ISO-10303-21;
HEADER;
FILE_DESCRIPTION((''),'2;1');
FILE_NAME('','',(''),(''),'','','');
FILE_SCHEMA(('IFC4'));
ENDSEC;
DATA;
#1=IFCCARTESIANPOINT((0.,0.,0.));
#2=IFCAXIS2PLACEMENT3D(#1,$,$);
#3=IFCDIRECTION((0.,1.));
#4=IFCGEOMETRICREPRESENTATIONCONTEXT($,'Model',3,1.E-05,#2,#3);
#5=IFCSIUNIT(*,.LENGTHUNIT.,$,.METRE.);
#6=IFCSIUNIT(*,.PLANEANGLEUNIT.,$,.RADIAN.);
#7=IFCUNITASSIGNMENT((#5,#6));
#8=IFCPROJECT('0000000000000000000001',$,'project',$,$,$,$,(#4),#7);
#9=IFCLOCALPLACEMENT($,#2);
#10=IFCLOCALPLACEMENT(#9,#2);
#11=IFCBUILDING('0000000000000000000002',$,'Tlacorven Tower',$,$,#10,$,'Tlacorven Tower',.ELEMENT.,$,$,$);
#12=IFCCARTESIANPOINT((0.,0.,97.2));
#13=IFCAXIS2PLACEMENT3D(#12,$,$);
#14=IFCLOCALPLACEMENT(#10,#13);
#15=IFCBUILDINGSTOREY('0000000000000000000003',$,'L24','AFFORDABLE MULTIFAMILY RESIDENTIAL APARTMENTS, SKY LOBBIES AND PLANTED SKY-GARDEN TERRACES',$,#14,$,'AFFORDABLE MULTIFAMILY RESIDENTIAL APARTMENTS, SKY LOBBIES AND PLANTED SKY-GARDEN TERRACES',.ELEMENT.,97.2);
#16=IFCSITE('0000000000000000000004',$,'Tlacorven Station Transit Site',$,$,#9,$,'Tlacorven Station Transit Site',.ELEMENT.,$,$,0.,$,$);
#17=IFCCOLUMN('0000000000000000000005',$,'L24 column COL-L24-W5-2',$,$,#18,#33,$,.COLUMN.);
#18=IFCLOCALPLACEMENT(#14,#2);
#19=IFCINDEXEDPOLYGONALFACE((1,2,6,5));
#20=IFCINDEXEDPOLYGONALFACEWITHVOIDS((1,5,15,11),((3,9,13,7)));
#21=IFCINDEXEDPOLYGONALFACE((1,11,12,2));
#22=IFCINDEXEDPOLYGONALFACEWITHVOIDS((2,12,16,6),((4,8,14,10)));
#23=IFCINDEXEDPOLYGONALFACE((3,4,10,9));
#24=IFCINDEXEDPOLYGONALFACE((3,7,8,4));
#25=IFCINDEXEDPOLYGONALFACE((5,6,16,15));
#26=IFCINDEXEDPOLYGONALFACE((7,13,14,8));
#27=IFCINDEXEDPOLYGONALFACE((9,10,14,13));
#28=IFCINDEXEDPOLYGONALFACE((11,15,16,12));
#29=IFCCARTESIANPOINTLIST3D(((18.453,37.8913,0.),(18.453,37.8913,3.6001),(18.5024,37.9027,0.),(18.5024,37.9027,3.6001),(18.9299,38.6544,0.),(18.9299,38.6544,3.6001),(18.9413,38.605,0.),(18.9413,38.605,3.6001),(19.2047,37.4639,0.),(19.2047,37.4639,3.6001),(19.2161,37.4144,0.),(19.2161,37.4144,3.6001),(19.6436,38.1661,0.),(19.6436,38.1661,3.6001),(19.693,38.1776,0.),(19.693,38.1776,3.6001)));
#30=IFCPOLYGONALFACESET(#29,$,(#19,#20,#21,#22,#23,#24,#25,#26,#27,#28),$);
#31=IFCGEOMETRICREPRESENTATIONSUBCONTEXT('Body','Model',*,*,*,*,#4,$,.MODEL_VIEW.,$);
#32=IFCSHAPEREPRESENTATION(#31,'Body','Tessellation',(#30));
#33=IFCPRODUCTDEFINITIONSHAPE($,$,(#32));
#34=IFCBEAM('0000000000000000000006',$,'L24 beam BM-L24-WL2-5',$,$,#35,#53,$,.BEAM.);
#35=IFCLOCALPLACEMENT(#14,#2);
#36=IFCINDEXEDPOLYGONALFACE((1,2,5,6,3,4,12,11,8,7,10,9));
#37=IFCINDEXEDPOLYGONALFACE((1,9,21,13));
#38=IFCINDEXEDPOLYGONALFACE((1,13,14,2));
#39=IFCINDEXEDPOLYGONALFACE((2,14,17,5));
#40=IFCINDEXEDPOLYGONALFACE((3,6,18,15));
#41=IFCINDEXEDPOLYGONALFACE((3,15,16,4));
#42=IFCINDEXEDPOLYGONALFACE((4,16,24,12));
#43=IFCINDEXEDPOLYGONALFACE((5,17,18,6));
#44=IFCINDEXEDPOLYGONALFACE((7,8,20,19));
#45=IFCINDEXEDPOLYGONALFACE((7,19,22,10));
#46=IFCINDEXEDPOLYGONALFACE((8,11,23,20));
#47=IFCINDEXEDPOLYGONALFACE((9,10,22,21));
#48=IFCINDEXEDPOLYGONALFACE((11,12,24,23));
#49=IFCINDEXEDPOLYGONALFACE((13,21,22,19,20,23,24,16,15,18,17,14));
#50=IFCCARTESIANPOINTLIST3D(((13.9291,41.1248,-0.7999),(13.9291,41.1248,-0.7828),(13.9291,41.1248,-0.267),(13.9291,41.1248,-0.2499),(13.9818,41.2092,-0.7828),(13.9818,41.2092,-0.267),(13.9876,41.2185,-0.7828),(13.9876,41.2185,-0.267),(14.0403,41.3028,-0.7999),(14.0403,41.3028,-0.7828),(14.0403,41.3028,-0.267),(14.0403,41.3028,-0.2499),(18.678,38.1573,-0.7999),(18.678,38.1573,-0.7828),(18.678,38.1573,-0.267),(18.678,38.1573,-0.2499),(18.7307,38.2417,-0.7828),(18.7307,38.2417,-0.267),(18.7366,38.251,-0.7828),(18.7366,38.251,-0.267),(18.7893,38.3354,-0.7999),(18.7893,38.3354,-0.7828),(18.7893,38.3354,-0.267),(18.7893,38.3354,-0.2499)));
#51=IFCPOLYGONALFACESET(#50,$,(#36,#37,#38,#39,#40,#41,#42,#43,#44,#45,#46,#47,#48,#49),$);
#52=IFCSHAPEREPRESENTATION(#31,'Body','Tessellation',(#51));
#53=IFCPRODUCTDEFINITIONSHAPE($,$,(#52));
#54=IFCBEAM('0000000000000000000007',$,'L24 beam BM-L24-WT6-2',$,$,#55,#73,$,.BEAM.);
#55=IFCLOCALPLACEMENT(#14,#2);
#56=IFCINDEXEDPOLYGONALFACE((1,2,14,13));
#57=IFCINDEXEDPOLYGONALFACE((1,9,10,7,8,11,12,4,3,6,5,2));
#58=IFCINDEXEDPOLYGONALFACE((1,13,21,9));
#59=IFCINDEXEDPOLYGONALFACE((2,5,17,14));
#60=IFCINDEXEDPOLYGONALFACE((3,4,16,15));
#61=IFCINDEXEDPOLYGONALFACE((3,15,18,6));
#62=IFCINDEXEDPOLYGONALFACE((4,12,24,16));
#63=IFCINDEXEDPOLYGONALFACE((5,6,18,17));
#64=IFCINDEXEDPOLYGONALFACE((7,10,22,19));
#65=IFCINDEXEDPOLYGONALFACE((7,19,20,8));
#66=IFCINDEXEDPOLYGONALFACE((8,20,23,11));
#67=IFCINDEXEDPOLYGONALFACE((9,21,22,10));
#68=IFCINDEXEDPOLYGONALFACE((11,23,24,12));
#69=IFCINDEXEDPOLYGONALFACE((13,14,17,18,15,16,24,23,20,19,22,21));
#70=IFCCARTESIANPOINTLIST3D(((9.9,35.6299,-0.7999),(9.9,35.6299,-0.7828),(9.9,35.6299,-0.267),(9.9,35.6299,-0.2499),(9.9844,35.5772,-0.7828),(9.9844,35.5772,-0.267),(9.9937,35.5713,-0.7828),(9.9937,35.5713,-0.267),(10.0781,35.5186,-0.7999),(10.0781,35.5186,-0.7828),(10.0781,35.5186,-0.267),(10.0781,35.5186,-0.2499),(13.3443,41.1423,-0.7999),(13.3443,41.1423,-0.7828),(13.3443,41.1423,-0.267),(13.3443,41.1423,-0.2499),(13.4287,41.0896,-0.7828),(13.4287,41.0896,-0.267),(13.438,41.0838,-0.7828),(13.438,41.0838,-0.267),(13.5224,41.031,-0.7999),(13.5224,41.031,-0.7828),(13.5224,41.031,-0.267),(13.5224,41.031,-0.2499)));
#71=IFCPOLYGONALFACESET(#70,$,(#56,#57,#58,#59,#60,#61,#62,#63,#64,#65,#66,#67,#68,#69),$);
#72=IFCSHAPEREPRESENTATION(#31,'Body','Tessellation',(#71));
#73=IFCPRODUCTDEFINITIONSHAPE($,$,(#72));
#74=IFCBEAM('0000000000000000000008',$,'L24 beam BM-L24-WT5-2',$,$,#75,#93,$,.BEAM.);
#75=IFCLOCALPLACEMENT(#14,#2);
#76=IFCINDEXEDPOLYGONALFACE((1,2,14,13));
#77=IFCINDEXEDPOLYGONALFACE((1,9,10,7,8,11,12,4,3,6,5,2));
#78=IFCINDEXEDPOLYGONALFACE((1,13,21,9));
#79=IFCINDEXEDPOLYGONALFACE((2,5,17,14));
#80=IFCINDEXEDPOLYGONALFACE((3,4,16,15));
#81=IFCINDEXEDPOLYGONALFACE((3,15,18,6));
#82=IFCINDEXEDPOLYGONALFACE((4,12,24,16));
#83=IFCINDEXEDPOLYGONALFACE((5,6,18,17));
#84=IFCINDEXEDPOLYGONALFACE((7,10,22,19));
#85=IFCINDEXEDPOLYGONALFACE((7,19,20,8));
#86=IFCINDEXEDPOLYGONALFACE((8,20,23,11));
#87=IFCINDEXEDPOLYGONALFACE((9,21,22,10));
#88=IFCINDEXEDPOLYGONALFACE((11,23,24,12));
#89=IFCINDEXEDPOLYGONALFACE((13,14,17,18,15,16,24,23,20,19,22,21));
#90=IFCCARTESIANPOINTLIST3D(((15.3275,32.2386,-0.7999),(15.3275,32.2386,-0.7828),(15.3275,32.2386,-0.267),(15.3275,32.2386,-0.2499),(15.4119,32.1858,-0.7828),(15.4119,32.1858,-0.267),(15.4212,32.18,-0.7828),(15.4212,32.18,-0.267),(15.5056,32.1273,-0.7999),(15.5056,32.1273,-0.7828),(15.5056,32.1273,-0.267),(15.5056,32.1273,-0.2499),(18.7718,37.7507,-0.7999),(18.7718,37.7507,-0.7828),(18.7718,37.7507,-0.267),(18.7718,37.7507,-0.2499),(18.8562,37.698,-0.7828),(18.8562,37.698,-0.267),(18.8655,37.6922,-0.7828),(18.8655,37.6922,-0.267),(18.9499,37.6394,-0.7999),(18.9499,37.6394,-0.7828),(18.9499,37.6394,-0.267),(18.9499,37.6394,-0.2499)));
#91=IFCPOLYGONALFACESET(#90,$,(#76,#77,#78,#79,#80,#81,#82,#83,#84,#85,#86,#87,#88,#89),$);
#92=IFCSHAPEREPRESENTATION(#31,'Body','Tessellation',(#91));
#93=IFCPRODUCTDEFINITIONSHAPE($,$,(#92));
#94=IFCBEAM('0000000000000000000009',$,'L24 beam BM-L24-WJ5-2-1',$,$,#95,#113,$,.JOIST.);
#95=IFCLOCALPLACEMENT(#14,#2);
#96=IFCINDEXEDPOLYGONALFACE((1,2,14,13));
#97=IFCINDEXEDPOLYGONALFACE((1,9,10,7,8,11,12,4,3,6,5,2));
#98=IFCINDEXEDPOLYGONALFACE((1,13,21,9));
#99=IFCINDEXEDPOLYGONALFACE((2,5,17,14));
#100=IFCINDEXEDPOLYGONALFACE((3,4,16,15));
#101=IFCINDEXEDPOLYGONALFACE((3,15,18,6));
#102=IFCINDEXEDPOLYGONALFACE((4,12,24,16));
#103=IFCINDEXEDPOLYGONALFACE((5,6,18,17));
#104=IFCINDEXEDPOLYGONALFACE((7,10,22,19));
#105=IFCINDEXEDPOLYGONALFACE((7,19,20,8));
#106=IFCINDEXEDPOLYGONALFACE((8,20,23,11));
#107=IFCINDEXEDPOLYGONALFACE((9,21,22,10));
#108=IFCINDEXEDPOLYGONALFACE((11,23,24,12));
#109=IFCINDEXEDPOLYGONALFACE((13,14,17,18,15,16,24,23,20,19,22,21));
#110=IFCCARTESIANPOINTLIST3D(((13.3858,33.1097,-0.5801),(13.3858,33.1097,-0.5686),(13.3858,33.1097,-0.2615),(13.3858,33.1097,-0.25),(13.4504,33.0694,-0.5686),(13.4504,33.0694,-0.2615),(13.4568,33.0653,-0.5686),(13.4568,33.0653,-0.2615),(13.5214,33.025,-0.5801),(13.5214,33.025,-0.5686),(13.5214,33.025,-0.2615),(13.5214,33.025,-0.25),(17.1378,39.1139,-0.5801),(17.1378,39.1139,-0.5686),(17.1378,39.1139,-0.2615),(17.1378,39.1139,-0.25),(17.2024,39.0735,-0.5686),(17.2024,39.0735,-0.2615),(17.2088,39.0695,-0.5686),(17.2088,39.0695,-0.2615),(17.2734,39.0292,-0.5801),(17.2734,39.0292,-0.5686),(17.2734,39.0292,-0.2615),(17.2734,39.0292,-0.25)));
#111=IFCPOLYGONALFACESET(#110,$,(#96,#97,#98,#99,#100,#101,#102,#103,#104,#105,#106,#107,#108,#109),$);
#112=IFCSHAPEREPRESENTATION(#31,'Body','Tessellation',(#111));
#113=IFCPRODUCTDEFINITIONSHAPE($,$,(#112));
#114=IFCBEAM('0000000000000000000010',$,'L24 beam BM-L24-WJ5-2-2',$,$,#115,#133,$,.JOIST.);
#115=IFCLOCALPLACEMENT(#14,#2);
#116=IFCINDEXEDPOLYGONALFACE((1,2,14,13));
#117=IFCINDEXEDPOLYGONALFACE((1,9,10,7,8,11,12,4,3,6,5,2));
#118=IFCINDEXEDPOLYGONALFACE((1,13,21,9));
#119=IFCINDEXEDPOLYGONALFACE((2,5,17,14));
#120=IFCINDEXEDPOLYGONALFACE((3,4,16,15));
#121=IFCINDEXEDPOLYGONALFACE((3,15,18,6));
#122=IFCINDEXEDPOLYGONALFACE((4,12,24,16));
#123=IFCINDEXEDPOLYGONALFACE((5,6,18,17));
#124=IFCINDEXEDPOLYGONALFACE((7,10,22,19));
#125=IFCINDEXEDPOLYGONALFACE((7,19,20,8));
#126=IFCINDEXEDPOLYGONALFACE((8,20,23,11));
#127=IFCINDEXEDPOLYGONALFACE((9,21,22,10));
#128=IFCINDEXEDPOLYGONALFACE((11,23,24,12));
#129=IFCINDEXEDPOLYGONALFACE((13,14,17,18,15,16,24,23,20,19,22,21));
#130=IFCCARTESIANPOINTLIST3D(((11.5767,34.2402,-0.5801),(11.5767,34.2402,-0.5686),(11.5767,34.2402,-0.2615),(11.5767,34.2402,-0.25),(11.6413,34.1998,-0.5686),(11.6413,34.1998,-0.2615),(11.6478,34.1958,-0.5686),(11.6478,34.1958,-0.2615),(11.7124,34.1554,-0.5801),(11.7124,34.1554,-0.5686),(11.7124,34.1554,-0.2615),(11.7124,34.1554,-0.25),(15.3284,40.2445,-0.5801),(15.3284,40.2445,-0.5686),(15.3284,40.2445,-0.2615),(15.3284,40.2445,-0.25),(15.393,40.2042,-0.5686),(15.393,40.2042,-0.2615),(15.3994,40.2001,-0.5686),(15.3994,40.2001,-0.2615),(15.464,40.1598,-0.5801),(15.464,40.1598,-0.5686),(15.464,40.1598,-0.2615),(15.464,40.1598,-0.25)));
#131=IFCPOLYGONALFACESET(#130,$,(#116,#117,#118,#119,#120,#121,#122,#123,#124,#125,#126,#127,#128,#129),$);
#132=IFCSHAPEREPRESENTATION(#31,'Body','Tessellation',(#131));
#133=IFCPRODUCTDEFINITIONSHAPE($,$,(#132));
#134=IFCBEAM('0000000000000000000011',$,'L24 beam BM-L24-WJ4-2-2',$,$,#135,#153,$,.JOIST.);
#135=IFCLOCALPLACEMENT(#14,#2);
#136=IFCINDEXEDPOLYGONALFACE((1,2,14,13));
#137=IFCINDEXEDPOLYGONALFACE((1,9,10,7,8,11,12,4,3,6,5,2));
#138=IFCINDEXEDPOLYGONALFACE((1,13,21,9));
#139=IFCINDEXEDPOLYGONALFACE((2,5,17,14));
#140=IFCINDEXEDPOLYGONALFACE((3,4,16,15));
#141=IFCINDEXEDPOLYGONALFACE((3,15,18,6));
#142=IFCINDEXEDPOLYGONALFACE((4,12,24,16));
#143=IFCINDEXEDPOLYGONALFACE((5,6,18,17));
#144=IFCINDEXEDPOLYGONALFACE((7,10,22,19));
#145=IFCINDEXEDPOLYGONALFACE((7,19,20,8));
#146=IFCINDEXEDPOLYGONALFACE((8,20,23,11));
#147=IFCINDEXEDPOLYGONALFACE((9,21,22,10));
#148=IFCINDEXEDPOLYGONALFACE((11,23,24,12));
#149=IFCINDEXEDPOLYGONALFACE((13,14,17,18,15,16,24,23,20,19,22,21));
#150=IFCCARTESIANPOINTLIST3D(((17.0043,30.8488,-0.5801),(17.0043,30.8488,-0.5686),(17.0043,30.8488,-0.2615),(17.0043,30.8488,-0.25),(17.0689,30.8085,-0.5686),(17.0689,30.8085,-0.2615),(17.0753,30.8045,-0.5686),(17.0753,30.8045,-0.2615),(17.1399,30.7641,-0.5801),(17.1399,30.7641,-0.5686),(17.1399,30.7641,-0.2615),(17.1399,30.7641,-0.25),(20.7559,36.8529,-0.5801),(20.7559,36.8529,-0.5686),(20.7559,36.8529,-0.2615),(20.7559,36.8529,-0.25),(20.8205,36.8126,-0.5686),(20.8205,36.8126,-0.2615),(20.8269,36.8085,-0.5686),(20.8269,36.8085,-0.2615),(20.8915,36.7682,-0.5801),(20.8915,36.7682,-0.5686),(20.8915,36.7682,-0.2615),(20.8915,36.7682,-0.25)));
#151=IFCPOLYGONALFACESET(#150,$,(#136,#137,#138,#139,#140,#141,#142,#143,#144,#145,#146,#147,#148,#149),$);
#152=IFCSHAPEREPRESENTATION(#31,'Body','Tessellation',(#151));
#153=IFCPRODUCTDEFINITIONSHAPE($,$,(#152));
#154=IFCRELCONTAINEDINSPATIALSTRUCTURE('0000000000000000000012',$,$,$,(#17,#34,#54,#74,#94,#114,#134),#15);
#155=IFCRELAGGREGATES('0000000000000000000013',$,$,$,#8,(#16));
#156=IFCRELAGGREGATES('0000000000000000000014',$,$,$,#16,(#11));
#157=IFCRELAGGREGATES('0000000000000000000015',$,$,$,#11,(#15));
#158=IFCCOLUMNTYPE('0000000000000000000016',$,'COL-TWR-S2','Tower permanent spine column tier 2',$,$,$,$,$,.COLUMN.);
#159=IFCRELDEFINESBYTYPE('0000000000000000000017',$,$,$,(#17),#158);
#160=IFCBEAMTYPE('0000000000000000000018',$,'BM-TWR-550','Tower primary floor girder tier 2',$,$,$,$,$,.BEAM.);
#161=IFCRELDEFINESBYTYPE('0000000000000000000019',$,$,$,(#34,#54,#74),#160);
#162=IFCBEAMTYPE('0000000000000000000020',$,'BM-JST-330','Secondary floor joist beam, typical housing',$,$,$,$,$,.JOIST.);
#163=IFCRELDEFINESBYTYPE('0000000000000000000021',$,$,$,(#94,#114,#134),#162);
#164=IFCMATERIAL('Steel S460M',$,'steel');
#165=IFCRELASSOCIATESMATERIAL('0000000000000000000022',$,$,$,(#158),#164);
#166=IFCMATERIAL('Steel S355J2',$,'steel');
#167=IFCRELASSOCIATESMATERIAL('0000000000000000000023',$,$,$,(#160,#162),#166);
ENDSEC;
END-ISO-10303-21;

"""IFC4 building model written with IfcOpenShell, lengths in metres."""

from ifc_helpers import new_model, si_unit, direction, frame, origin, origin_2d, place, context, subcontext, project, spatial, hollow_rectangle, i_section, extrude, source, transform, mapped, material, material_profile, profile_set, type_object, element, save


model = new_model("IFC4")

# Units and contexts
model_context = context("Model", 3, precision=1e-05, world=origin(), true_north=direction((0.0, 1.0)))
body_context = subcontext(model_context, "Body", "Model", "MODEL_VIEW")
ifc_project = project(units=[si_unit("LENGTHUNIT", "METRE"), si_unit("PLANEANGLEUNIT", "RADIAN")], contexts=[model_context])

# Site, building, storey
site_placement = place(None, origin())
site = spatial("IfcSite", under=ifc_project, at=site_placement, Name="Tlacorven Station Transit Site", LongName="Tlacorven Station Transit Site", CompositionType="ELEMENT", RefElevation=0.0)
building_placement = place(site_placement, origin())
building = spatial("IfcBuilding", under=site, at=building_placement, Name="Tlacorven Tower", LongName="Tlacorven Tower", CompositionType="ELEMENT")
storey_placement = place(building_placement, frame((0.0, 0.0, 97.2)))
storey = spatial("IfcBuildingStorey", under=building, at=storey_placement, Name="L24", Description="AFFORDABLE MULTIFAMILY RESIDENTIAL APARTMENTS, SKY LOBBIES AND PLANTED SKY-GARDEN TERRACES", LongName="AFFORDABLE MULTIFAMILY RESIDENTIAL APARTMENTS, SKY LOBBIES AND PLANTED SKY-GARDEN TERRACES", CompositionType="ELEMENT", Elevation=97.2)

# Column
ifc_material_1 = material(Name="Steel S460M", Category="steel")
ifc_material_profile_1 = material_profile(ifc_material_1, hollow_rectangle(XDim=0.8999, YDim=0.8999, WallThickness=0.0359, at=origin_2d()), Name="BOX 900X900X36")
ifc_profile_set_1 = profile_set([ifc_material_profile_1], Name="Steel S460M")
column_type = type_object("IfcColumnType", Name="COL-TWR-S2", Description="Tower permanent spine column tier 2", PredefinedType="COLUMN", material=ifc_profile_set_1)
shared_shape_1 = source(origin(), body_context, "Body", "SweptSolid", [
    extrude(hollow_rectangle(XDim=0.8999, YDim=0.8999, WallThickness=0.0359, at=origin_2d()), origin(), (0.0, 0.0, 1.0), 3.6001),
])
column_placement = place(storey_placement, frame((19.073, 38.0344, 0.0), z_axis=(0.0, 0.0, 1.0), x_axis=(-0.848048, 0.529919, 0.0)))
element("IfcColumn", 1, at=column_placement, inside=storey, type_object=column_type, Name="L24 column COL-L24-W5-2", PredefinedType="COLUMN", context=body_context, shape_type="MappedRepresentation", body=[
    mapped(shared_shape_1, transform((0.0, 0.0, 0.0), scale=1.0)),
])

# Beams
ifc_material_2 = material(Name="Steel S355J2", Category="steel")
ifc_material_profile_2 = material_profile(ifc_material_2, i_section(OverallWidth=0.21, OverallDepth=0.55, WebThickness=0.011, FlangeThickness=0.0171, at=origin_2d()), Name="IPE 550")
ifc_profile_set_2 = profile_set([ifc_material_profile_2], Name="Steel S355J2")
beam_type_1 = type_object("IfcBeamType", Name="BM-TWR-550", Description="Tower primary floor girder tier 2", PredefinedType="BEAM", material=ifc_profile_set_2)
shared_shape_2 = source(origin(), body_context, "Body", "SweptSolid", [
    extrude(i_section(OverallWidth=0.21, OverallDepth=0.55, WebThickness=0.011, FlangeThickness=0.0171, at=origin_2d()), origin(), (0.0, 0.0, 1.0), 5.5999),
])
beam_1_placement = place(storey_placement, frame((18.7336, 38.2463, -0.5249), z_axis=(-0.848047, 0.529921, 0.0), x_axis=(-0.529921, -0.848047, 0.0)))
element("IfcBeam", 2, at=beam_1_placement, inside=storey, type_object=beam_type_1, Name="L24 beam BM-L24-WL2-5", PredefinedType="BEAM", context=body_context, shape_type="MappedRepresentation", body=[
    mapped(shared_shape_2, transform((0.0, 0.0, 0.0), scale=1.0)),
])
shared_shape_3 = source(origin(), body_context, "Body", "SweptSolid", [
    extrude(i_section(OverallWidth=0.21, OverallDepth=0.55, WebThickness=0.011, FlangeThickness=0.0171, at=origin_2d()), origin(), (0.0, 0.0, 1.0), 6.5),
])
beam_2_placement = place(storey_placement, frame((13.4333, 41.0867, -0.5249), z_axis=(-0.529894, -0.848064, 0.0), x_axis=(0.848064, -0.529894, 0.0)))
element("IfcBeam", 3, at=beam_2_placement, inside=storey, type_object=beam_type_1, Name="L24 beam BM-L24-WT6-2", PredefinedType="BEAM", context=body_context, shape_type="MappedRepresentation", body=[
    mapped(shared_shape_3, transform((0.0, 0.0, 0.0), scale=1.0)),
])
shared_shape_4 = source(origin(), body_context, "Body", "SweptSolid", [
    extrude(i_section(OverallWidth=0.21, OverallDepth=0.55, WebThickness=0.011, FlangeThickness=0.0171, at=origin_2d()), origin(), (0.0, 0.0, 1.0), 6.4998),
])
beam_3_placement = place(storey_placement, frame((18.8608, 37.6951, -0.5249), z_axis=(-0.529911, -0.848053, 0.0), x_axis=(0.848053, -0.529911, 0.0)))
element("IfcBeam", 4, at=beam_3_placement, inside=storey, type_object=beam_type_1, Name="L24 beam BM-L24-WT5-2", PredefinedType="BEAM", context=body_context, shape_type="MappedRepresentation", body=[
    mapped(shared_shape_4, transform((0.0, 0.0, 0.0), scale=1.0)),
])
ifc_material_profile_3 = material_profile(ifc_material_2, i_section(OverallWidth=0.1599, OverallDepth=0.3301, WebThickness=0.0076, FlangeThickness=0.0115, at=origin_2d()), Name="IPE 330")
ifc_profile_set_3 = profile_set([ifc_material_profile_3], Name="Steel S355J2")
beam_type_2 = type_object("IfcBeamType", Name="BM-JST-330", Description="Secondary floor joist beam, typical housing", PredefinedType="JOIST", material=ifc_profile_set_3)
shared_shape_5 = source(origin(), body_context, "Body", "SweptSolid", [
    extrude(i_section(OverallWidth=0.1599, OverallDepth=0.3301, WebThickness=0.0076, FlangeThickness=0.0115, at=origin_2d()), origin(), (0.0, 0.0, 1.0), 7.0801),
])
for number, where, z_axis, x_axis, name in (
    (5, (17.2056, 39.0715, -0.415), (-0.529934, -0.848039, 0.0), (0.848039, -0.529934, 0.0), "L24 beam BM-L24-WJ5-2-1"),
    (6, (15.3962, 40.2021, -0.415), (-0.529894, -0.848064, 0.0), (0.848064, -0.529894, 0.0), "L24 beam BM-L24-WJ5-2-2"),
):
    element("IfcBeam", number, at=place(storey_placement, frame(where, z_axis=z_axis, x_axis=x_axis)), inside=storey, type_object=beam_type_2, Name=name, PredefinedType="JOIST", context=body_context, shape_type="MappedRepresentation", body=[
        mapped(shared_shape_5, transform((0.0, 0.0, 0.0), scale=1.0)),
    ])
shared_shape_6 = source(origin(), body_context, "Body", "SweptSolid", [
    extrude(i_section(OverallWidth=0.1599, OverallDepth=0.3301, WebThickness=0.0076, FlangeThickness=0.0115, at=origin_2d()), origin(), (0.0, 0.0, 1.0), 7.0798),
])
beam_4_placement = place(storey_placement, frame((20.8237, 36.8105, -0.415), z_axis=(-0.529909, -0.848054, 0.0), x_axis=(0.848054, -0.529909, 0.0)))
element("IfcBeam", 7, at=beam_4_placement, inside=storey, type_object=beam_type_2, Name="L24 beam BM-L24-WJ4-2-2", PredefinedType="JOIST", context=body_context, shape_type="MappedRepresentation", body=[
    mapped(shared_shape_6, transform((0.0, 0.0, 0.0), scale=1.0)),
])

save(model, "model.ifc")
